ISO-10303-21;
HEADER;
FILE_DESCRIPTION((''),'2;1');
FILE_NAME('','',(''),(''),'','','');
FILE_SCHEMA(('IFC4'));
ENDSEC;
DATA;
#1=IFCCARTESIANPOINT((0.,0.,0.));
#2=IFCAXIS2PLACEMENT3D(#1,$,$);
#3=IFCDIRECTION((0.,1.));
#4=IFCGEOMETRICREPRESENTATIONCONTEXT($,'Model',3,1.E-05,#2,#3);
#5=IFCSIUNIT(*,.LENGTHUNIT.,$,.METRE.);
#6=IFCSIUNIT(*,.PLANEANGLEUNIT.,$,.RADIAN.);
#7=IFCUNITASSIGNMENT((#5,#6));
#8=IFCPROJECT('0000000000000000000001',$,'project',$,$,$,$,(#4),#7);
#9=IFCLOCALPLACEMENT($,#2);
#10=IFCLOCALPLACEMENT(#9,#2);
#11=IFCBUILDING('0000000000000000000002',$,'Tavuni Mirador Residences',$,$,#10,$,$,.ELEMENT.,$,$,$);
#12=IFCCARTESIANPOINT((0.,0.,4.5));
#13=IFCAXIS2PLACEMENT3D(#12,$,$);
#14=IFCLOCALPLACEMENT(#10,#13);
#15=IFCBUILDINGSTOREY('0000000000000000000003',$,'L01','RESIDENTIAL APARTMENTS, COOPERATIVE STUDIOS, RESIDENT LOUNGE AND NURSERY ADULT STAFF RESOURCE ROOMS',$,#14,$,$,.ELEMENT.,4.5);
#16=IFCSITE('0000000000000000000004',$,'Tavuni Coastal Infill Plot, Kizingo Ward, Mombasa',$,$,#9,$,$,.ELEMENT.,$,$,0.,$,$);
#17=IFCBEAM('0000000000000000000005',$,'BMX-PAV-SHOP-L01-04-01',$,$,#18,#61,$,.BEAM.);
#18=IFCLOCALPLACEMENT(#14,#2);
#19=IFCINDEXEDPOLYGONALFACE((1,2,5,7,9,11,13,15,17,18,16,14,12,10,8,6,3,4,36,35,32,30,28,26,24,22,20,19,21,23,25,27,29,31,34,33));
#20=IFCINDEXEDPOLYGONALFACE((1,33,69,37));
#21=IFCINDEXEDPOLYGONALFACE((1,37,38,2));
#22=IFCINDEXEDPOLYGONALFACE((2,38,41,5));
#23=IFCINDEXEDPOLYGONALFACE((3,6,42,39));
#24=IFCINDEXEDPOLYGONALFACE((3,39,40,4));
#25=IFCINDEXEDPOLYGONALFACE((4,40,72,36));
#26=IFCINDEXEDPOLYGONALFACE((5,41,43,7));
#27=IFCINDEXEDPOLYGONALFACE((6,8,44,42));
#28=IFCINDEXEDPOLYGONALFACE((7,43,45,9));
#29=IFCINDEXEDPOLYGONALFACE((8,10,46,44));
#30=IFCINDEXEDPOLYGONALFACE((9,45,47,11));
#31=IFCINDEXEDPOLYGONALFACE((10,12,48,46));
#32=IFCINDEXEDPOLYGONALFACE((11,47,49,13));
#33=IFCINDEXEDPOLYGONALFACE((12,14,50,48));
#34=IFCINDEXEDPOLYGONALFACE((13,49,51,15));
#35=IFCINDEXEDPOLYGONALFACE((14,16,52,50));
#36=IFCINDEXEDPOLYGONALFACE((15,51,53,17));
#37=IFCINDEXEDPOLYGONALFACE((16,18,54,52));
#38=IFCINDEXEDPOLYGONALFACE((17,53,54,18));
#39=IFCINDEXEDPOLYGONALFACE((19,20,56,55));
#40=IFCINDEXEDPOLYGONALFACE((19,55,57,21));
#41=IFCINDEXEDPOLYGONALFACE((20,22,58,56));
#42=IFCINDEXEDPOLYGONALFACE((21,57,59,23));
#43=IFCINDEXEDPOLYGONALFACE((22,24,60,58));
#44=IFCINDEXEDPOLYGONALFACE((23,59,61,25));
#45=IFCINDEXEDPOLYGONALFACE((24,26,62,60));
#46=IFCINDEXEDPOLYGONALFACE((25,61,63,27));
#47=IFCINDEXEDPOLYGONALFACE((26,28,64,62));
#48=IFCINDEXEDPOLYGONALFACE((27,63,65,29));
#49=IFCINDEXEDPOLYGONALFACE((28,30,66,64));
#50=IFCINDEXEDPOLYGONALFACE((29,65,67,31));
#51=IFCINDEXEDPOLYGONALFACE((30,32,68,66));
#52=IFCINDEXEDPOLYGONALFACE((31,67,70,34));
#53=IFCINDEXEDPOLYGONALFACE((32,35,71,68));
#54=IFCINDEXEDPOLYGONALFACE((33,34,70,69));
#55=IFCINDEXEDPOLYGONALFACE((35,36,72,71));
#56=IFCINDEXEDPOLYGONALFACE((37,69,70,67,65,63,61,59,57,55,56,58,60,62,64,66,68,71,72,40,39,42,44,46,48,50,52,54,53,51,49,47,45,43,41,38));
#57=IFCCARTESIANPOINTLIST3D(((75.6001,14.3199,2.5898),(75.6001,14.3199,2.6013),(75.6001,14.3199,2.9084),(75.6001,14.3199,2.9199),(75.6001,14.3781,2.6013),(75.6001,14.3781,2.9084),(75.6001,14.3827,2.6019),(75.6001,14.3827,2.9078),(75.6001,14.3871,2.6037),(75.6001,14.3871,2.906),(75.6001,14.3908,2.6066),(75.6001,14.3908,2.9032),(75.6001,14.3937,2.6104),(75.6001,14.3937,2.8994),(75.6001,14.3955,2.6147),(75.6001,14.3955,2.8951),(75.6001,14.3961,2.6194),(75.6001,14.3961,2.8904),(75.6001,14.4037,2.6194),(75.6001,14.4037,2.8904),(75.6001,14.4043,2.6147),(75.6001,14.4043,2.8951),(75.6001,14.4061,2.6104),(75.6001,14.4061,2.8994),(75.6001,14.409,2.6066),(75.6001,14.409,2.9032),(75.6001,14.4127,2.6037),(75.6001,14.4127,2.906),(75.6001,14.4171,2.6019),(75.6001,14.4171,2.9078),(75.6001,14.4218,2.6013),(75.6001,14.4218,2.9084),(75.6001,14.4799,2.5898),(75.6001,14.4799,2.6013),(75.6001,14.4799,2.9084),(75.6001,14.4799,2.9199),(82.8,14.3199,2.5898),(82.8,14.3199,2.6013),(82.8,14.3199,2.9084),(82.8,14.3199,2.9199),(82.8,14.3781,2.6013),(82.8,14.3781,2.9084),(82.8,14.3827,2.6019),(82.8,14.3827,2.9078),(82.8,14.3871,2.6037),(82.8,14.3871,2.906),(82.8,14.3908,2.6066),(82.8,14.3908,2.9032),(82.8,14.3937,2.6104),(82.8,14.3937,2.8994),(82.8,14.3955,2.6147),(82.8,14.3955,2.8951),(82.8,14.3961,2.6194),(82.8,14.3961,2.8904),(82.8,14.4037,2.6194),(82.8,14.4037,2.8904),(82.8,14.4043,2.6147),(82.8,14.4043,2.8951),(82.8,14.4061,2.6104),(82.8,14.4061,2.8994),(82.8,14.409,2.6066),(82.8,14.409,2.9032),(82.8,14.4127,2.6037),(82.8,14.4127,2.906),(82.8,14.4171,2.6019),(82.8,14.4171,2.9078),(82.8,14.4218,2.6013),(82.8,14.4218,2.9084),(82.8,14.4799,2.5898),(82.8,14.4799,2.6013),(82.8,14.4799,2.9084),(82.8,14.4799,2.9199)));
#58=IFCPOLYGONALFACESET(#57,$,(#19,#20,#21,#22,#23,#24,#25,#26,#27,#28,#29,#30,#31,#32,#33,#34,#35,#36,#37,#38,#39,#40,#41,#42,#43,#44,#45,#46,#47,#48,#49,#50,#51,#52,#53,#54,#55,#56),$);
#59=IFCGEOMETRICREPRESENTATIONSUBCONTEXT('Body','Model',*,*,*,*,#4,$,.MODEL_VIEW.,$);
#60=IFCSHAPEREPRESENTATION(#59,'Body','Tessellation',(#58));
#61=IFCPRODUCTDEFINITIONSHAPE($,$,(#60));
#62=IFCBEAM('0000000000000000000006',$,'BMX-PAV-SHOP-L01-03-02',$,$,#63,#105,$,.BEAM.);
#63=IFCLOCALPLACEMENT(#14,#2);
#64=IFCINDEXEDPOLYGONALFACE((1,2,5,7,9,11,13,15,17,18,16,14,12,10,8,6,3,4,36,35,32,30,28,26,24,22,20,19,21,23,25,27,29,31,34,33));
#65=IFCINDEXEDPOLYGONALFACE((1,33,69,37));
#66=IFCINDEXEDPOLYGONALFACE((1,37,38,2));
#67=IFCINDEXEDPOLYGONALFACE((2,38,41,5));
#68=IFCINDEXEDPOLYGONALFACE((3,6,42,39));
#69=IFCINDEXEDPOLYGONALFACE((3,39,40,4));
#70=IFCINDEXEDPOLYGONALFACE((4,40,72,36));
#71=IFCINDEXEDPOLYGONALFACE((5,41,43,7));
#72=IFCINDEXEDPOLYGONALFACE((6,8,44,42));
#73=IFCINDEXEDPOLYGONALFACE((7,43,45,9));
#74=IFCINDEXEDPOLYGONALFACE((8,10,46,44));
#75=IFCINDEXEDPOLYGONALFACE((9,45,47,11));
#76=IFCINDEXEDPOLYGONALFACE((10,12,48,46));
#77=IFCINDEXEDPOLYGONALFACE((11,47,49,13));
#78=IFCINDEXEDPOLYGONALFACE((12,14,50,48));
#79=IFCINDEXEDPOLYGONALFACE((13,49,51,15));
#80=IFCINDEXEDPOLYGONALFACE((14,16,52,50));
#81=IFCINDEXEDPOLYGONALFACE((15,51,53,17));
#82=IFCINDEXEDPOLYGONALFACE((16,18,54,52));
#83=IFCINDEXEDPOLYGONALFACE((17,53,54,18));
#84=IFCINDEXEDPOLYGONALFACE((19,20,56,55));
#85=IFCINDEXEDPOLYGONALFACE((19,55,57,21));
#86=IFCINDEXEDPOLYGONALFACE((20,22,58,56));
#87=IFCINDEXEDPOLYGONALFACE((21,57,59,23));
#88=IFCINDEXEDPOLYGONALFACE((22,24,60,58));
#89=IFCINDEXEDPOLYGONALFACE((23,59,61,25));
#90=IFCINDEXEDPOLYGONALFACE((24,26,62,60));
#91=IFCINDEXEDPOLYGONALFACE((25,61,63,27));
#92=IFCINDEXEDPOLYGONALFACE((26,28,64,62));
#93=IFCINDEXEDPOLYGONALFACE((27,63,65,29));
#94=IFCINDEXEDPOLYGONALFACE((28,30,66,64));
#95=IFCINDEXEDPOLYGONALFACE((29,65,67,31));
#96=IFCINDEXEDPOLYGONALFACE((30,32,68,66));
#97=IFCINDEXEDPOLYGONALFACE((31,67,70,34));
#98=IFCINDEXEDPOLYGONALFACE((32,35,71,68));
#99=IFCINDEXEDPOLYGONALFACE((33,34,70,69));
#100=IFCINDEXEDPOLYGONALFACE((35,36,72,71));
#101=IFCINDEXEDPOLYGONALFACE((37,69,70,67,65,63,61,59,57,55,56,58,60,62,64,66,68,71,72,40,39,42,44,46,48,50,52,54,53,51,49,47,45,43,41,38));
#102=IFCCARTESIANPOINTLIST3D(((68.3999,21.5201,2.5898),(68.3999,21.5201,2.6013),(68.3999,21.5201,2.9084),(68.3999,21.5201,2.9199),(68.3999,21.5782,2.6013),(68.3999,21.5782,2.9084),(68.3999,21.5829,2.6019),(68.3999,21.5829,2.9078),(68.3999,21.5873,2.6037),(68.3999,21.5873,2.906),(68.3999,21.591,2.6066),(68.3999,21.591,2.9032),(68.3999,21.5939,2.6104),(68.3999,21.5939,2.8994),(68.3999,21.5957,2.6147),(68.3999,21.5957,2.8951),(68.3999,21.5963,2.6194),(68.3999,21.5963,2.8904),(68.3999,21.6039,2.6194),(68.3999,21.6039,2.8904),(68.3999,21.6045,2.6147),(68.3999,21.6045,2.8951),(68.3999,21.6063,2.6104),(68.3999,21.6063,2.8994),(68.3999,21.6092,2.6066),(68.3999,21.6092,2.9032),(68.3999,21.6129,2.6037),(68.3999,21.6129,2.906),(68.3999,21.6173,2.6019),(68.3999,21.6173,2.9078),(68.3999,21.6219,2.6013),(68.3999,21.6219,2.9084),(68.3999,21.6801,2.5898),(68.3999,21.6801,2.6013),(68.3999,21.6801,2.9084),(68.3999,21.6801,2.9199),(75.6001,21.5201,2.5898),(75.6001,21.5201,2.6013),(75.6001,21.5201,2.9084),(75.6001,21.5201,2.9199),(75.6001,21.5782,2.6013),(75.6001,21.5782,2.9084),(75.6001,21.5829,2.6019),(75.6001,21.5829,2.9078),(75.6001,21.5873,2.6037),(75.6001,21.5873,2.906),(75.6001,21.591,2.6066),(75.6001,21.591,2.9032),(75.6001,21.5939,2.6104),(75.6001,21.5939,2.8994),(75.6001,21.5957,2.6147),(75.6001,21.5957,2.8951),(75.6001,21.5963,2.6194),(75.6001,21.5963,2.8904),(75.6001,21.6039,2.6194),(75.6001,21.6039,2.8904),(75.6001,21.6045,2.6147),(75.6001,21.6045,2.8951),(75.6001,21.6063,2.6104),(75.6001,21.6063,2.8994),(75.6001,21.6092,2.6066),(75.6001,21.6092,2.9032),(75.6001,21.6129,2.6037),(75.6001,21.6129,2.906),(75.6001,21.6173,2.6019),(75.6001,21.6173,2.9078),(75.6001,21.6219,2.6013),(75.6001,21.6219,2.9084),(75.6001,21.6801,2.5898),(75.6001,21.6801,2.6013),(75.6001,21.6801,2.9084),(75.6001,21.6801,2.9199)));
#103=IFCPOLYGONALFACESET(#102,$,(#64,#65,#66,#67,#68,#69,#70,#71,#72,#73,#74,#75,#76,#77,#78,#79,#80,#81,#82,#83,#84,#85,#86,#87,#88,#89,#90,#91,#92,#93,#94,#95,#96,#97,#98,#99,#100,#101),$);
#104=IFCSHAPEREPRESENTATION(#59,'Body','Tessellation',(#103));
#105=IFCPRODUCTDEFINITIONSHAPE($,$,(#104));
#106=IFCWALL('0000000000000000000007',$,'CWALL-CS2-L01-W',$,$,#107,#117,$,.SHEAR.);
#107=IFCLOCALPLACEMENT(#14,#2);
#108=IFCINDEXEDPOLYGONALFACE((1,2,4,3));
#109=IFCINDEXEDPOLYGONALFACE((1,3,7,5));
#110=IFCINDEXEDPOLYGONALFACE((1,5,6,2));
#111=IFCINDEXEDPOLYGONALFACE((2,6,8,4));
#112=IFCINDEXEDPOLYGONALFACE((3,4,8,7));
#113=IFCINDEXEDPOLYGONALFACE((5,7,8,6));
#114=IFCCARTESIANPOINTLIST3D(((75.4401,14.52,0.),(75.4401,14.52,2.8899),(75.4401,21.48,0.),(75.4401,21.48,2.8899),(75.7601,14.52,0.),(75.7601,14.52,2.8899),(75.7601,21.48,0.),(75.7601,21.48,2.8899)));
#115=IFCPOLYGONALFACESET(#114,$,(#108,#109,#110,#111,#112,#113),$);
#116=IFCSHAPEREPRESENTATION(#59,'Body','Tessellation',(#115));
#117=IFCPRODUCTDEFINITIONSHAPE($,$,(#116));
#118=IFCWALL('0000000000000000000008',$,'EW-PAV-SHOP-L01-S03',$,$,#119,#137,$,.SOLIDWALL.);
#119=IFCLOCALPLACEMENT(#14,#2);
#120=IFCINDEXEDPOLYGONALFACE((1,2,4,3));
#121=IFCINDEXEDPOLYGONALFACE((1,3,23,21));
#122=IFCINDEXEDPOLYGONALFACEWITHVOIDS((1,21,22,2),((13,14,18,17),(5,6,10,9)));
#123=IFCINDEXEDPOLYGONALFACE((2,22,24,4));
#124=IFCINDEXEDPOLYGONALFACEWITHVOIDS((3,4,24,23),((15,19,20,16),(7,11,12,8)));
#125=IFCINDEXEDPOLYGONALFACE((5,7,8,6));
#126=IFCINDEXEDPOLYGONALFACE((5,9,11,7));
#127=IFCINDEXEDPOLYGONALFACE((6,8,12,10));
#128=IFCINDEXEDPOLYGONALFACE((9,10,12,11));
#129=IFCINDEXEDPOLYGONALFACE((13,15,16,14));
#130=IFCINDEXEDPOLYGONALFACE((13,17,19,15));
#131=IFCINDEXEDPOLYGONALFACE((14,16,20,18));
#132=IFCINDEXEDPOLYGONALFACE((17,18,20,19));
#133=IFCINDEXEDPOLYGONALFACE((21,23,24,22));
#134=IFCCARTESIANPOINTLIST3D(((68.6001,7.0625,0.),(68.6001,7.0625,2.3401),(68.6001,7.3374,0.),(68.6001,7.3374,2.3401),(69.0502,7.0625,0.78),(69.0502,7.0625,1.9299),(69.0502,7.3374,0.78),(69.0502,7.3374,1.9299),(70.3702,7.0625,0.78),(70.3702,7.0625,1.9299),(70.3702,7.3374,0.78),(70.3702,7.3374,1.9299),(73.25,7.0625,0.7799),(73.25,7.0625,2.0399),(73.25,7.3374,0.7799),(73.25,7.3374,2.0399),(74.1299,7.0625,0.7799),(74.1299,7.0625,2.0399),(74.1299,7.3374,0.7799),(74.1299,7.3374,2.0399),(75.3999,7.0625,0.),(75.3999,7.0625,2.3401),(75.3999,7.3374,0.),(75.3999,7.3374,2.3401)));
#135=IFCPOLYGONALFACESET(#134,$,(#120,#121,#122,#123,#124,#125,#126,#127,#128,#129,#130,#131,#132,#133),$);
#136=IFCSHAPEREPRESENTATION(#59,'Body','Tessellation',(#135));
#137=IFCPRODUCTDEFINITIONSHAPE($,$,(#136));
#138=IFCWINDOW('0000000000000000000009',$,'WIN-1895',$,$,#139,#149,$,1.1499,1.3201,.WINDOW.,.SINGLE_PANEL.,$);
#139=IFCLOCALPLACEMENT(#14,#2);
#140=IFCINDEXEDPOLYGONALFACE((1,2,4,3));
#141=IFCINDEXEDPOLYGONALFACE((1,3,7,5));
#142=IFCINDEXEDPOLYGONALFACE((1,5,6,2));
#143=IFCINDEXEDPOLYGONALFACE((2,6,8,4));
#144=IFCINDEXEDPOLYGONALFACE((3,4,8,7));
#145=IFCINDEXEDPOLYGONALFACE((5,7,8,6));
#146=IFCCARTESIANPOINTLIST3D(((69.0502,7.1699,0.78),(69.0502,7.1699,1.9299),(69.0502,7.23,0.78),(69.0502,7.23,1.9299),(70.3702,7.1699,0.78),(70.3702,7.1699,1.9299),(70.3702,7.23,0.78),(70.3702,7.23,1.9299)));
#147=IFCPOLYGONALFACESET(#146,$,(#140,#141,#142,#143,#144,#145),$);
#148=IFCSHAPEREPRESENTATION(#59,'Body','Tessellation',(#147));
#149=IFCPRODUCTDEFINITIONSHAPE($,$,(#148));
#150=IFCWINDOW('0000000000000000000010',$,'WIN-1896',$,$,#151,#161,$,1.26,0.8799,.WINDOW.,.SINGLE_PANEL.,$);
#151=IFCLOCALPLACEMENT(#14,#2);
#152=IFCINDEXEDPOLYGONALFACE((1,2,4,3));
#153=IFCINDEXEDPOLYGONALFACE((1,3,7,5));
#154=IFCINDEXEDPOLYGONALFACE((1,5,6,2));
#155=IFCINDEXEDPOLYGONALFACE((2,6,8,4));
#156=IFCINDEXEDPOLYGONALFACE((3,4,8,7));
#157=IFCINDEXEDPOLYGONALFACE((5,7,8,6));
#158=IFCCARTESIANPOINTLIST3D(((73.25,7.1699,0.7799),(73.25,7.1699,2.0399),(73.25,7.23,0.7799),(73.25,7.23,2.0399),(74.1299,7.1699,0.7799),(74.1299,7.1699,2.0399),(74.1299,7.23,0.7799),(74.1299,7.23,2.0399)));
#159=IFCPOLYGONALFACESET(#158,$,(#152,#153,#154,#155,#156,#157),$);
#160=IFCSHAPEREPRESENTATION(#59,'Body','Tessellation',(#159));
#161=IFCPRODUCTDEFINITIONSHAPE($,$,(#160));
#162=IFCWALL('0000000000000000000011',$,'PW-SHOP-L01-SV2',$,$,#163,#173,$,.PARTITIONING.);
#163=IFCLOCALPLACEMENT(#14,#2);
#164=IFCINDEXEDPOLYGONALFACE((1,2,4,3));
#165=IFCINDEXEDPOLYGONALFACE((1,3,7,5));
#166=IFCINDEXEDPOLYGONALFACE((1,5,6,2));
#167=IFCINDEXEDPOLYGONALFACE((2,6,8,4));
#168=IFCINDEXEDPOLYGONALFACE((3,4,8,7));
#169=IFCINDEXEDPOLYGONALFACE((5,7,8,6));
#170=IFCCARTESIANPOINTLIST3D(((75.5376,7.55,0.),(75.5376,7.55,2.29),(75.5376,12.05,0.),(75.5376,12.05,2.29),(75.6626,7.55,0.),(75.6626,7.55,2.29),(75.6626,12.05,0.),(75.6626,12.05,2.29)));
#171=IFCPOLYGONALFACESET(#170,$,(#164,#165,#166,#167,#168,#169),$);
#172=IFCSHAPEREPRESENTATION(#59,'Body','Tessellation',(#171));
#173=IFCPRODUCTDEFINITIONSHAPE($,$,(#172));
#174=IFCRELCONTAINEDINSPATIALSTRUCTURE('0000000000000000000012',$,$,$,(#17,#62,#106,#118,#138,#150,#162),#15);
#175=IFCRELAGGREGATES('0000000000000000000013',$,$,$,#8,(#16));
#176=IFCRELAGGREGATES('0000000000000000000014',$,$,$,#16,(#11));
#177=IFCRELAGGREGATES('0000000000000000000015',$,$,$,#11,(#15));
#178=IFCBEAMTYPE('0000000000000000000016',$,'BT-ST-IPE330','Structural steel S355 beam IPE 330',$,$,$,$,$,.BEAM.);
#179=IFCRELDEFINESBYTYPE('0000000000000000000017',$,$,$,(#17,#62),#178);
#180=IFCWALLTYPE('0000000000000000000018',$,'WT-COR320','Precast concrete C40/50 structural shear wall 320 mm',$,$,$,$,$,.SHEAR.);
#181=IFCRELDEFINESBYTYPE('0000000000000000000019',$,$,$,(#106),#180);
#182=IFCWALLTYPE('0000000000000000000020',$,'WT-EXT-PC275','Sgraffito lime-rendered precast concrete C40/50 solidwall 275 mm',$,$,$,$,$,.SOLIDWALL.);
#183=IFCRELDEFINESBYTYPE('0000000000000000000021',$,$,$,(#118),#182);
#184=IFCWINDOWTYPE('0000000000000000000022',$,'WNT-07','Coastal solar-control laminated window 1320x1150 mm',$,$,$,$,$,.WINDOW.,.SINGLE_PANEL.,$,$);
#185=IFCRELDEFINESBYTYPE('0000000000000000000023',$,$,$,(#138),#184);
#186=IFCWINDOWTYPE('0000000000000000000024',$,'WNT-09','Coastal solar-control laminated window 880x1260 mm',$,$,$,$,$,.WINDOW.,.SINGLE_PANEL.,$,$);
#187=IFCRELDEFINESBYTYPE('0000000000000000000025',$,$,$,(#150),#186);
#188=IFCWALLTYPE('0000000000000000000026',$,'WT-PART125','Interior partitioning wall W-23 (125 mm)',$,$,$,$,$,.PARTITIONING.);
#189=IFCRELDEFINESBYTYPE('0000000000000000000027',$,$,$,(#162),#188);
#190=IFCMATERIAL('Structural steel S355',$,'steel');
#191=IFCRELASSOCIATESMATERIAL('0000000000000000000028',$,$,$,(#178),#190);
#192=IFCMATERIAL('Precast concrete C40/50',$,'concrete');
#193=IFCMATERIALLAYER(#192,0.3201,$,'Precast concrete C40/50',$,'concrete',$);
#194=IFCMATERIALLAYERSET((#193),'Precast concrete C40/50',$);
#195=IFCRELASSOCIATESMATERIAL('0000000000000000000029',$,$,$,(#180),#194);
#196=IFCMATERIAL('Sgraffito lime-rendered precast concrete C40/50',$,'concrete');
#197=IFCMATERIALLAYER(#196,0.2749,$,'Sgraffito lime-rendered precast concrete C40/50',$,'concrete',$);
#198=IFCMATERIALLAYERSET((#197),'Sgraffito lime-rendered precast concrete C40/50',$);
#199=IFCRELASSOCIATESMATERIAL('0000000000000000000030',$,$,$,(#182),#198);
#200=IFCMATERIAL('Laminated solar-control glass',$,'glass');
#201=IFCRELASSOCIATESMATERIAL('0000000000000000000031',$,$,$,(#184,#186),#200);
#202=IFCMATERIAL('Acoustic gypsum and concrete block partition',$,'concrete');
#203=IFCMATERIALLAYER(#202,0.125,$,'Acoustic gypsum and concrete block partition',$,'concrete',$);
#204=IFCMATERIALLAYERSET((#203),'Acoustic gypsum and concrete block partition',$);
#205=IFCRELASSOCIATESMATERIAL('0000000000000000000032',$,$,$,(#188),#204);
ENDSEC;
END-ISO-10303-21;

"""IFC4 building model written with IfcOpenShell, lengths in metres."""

from ifc_helpers import new_model, si_unit, direction, frame, frame_2d, origin, origin_2d, place, context, subcontext, project, spatial, rectangle, i_section, extrude, material, layer, layer_set, material_profile, profile_set, type_object, element, fill, save


model = new_model("IFC4")

# Units and contexts
model_context = context("Model", 3, precision=1e-05, world=origin(), true_north=direction((0.0, 1.0)))
body_context = subcontext(model_context, "Body", "Model", "MODEL_VIEW")
ifc_project = project(units=[si_unit("LENGTHUNIT", "METRE"), si_unit("PLANEANGLEUNIT", "RADIAN")], contexts=[model_context])

# Site, building, storey
site_placement = place(None, origin())
site = spatial("IfcSite", under=ifc_project, at=site_placement, Name="Tavuni Coastal Infill Plot, Kizingo Ward, Mombasa", CompositionType="ELEMENT", RefElevation=0.0)
building_placement = place(site_placement, origin())
building = spatial("IfcBuilding", under=site, at=building_placement, Name="Tavuni Mirador Residences", CompositionType="ELEMENT")
storey_placement = place(building_placement, frame((0.0, 0.0, 4.5)))
storey = spatial("IfcBuildingStorey", under=building, at=storey_placement, Name="L01", Description="RESIDENTIAL APARTMENTS, COOPERATIVE STUDIOS, RESIDENT LOUNGE AND NURSERY ADULT STAFF RESOURCE ROOMS", CompositionType="ELEMENT", Elevation=4.5)

# Shared definitions
ifc_material_1 = material(Name="Precast concrete C40/50", Category="concrete")
ifc_material_2 = material(Name="Structural steel S355", Category="steel")

# Beams
ifc_material_profile_1 = material_profile(ifc_material_2, i_section(OverallWidth=0.1599, OverallDepth=0.3301, WebThickness=0.0076, FlangeThickness=0.0115, FilletRadius=0.0181, at=origin_2d()), Name="IPE 330", Category="steel")
ifc_profile_set_1 = profile_set([ifc_material_profile_1], Name="Structural steel S355")
beam_type_1 = type_object("IfcBeamType", Name="BT-ST-IPE330", Description="Structural steel S355 beam IPE 330", PredefinedType="BEAM", material=ifc_profile_set_1)
beam_1_placement = place(storey_placement, frame((75.6001, 14.3999, 2.7549), z_axis=(1.0, 0.0, 0.0), x_axis=(0.0, 1.0, 0.0)))
element("IfcBeam", 1, at=beam_1_placement, inside=storey, type_object=beam_type_1, Name="BMX-PAV-SHOP-L01-04-01", PredefinedType="BEAM", context=body_context, shape_type="SweptSolid", body=[
    extrude(i_section(OverallWidth=0.1599, OverallDepth=0.3301, WebThickness=0.0076, FlangeThickness=0.0115, FilletRadius=0.0181, at=origin_2d()), origin(), (0.0, 0.0, 1.0), 7.2),
])
beam_2_placement = place(storey_placement, frame((68.3999, 21.6001, 2.7549), z_axis=(1.0, 0.0, 0.0), x_axis=(0.0, 1.0, 0.0)))
element("IfcBeam", 2, at=beam_2_placement, inside=storey, type_object=beam_type_1, Name="BMX-PAV-SHOP-L01-03-02", PredefinedType="BEAM", context=body_context, shape_type="SweptSolid", body=[
    extrude(i_section(OverallWidth=0.1599, OverallDepth=0.3301, WebThickness=0.0076, FlangeThickness=0.0115, FilletRadius=0.0181, at=origin_2d()), origin(), (0.0, 0.0, 1.0), 7.2002),
])

# Wall
ifc_layer_1 = layer(ifc_material_1, 0.3201, Name="Precast concrete C40/50", Category="concrete")
ifc_layer_set_1 = layer_set([ifc_layer_1], Name="Precast concrete C40/50")
wall_type_1 = type_object("IfcWallType", Name="WT-COR320", Description="Precast concrete C40/50 structural shear wall 320 mm", PredefinedType="SHEAR", material=ifc_layer_set_1)
wall_1_placement = place(storey_placement, frame((75.6001, 14.52, 0.0), z_axis=(0.0, 0.0, 1.0), x_axis=(0.0, 1.0, 0.0)))
element("IfcWall", 3, at=wall_1_placement, inside=storey, type_object=wall_type_1, Name="CWALL-CS2-L01-W", PredefinedType="SHEAR", context=body_context, shape_type="SweptSolid", body=[
    extrude(rectangle(XDim=6.96, YDim=0.3201, at=frame_2d((3.48, 0.0))), origin(), (0.0, 0.0, 1.0), 2.8899),
])

# Wall, openings, windows
ifc_material_3 = material(Name="Sgraffito lime-rendered precast concrete C40/50", Category="concrete")
ifc_layer_2 = layer(ifc_material_3, 0.2749, Name="Sgraffito lime-rendered precast concrete C40/50", Category="concrete")
ifc_layer_set_2 = layer_set([ifc_layer_2], Name="Sgraffito lime-rendered precast concrete C40/50")
wall_type_2 = type_object("IfcWallType", Name="WT-EXT-PC275", Description="Sgraffito lime-rendered precast concrete C40/50 solidwall 275 mm", PredefinedType="SOLIDWALL", material=ifc_layer_set_2)
wall_2_placement = place(storey_placement, frame((68.6001, 7.2, 0.0), z_axis=(0.0, 0.0, 1.0), x_axis=(1.0, 0.0, 0.0)))
wall_2 = element("IfcWall", 4, at=wall_2_placement, inside=storey, type_object=wall_type_2, Name="EW-PAV-SHOP-L01-S03", PredefinedType="SOLIDWALL", context=body_context, shape_type="SweptSolid", body=[
    extrude(rectangle(XDim=6.7998, YDim=0.2749, at=frame_2d((3.3999, 0.0))), origin(), (0.0, 0.0, 1.0), 2.3401),
])
opening_1_placement = place(wall_2_placement, frame((0.45, 0.0, 0.78)))
opening_1 = element("IfcOpeningElement", 5, at=opening_1_placement, cuts=wall_2, PredefinedType="OPENING", context=body_context, shape_type="SweptSolid", body=[
    extrude(rectangle(XDim=1.3201, YDim=1.1499, at=frame_2d((0.6602, 0.575))), frame((0.0, 0.1475, 0.0), z_axis=(0.0, -1.0, 0.0), x_axis=(1.0, 0.0, 0.0)), (0.0, 0.0, 1.0), 0.2949),
])
opening_2_placement = place(wall_2_placement, frame((4.6499, 0.0, 0.78)))
opening_2 = element("IfcOpeningElement", 6, at=opening_2_placement, cuts=wall_2, PredefinedType="OPENING", context=body_context, shape_type="SweptSolid", body=[
    extrude(rectangle(XDim=0.8799, YDim=1.26, at=frame_2d((0.4399, 0.6299))), frame((0.0, 0.1475, 0.0), z_axis=(0.0, -1.0, 0.0), x_axis=(1.0, 0.0, 0.0)), (0.0, 0.0, 1.0), 0.2949),
])
ifc_material_4 = material(Name="Laminated solar-control glass", Category="glass")
window_type_1 = type_object("IfcWindowType", Name="WNT-07", Description="Coastal solar-control laminated window 1320x1150 mm", PartitioningType="SINGLE_PANEL", PredefinedType="WINDOW", material=ifc_material_4)
window_1_placement = place(opening_1_placement, origin())
window_1 = element("IfcWindow", 7, at=window_1_placement, inside=storey, type_object=window_type_1, Name="WIN-1895", OverallHeight=1.1499, OverallWidth=1.3201, PartitioningType="SINGLE_PANEL", PredefinedType="WINDOW", context=body_context, shape_type="SweptSolid", body=[
    extrude(rectangle(XDim=1.3201, YDim=1.1499, at=frame_2d((0.6602, 0.575))), frame((0.0, 0.03, 0.0), z_axis=(0.0, -1.0, 0.0), x_axis=(1.0, 0.0, 0.0)), (0.0, 0.0, 1.0), 0.0601),
])
fill(opening_1, window_1)
window_type_2 = type_object("IfcWindowType", Name="WNT-09", Description="Coastal solar-control laminated window 880x1260 mm", PartitioningType="SINGLE_PANEL", PredefinedType="WINDOW", material=ifc_material_4)
window_2_placement = place(opening_2_placement, origin())
window_2 = element("IfcWindow", 8, at=window_2_placement, inside=storey, type_object=window_type_2, Name="WIN-1896", OverallHeight=1.26, OverallWidth=0.8799, PartitioningType="SINGLE_PANEL", PredefinedType="WINDOW", context=body_context, shape_type="SweptSolid", body=[
    extrude(rectangle(XDim=0.8799, YDim=1.26, at=frame_2d((0.4399, 0.6299))), frame((0.0, 0.03, 0.0), z_axis=(0.0, -1.0, 0.0), x_axis=(1.0, 0.0, 0.0)), (0.0, 0.0, 1.0), 0.0601),
])
fill(opening_2, window_2)

# Wall
ifc_material_5 = material(Name="Acoustic gypsum and concrete block partition", Category="concrete")
ifc_layer_3 = layer(ifc_material_5, 0.125, Name="Acoustic gypsum and concrete block partition", Category="concrete")
ifc_layer_set_3 = layer_set([ifc_layer_3], Name="Acoustic gypsum and concrete block partition")
wall_type_3 = type_object("IfcWallType", Name="WT-PART125", Description="Interior partitioning wall W-23 (125 mm)", PredefinedType="PARTITIONING", material=ifc_layer_set_3)
wall_3_placement = place(storey_placement, frame((75.6001, 7.55, 0.0), z_axis=(0.0, 0.0, 1.0), x_axis=(0.0, 1.0, 0.0)))
element("IfcWall", 9, at=wall_3_placement, inside=storey, type_object=wall_type_3, Name="PW-SHOP-L01-SV2", PredefinedType="PARTITIONING", context=body_context, shape_type="SweptSolid", body=[
    extrude(rectangle(XDim=4.5, YDim=0.125, at=frame_2d((2.25, 0.0))), origin(), (0.0, 0.0, 1.0), 2.29),
])

save(model, "model.ifc")
